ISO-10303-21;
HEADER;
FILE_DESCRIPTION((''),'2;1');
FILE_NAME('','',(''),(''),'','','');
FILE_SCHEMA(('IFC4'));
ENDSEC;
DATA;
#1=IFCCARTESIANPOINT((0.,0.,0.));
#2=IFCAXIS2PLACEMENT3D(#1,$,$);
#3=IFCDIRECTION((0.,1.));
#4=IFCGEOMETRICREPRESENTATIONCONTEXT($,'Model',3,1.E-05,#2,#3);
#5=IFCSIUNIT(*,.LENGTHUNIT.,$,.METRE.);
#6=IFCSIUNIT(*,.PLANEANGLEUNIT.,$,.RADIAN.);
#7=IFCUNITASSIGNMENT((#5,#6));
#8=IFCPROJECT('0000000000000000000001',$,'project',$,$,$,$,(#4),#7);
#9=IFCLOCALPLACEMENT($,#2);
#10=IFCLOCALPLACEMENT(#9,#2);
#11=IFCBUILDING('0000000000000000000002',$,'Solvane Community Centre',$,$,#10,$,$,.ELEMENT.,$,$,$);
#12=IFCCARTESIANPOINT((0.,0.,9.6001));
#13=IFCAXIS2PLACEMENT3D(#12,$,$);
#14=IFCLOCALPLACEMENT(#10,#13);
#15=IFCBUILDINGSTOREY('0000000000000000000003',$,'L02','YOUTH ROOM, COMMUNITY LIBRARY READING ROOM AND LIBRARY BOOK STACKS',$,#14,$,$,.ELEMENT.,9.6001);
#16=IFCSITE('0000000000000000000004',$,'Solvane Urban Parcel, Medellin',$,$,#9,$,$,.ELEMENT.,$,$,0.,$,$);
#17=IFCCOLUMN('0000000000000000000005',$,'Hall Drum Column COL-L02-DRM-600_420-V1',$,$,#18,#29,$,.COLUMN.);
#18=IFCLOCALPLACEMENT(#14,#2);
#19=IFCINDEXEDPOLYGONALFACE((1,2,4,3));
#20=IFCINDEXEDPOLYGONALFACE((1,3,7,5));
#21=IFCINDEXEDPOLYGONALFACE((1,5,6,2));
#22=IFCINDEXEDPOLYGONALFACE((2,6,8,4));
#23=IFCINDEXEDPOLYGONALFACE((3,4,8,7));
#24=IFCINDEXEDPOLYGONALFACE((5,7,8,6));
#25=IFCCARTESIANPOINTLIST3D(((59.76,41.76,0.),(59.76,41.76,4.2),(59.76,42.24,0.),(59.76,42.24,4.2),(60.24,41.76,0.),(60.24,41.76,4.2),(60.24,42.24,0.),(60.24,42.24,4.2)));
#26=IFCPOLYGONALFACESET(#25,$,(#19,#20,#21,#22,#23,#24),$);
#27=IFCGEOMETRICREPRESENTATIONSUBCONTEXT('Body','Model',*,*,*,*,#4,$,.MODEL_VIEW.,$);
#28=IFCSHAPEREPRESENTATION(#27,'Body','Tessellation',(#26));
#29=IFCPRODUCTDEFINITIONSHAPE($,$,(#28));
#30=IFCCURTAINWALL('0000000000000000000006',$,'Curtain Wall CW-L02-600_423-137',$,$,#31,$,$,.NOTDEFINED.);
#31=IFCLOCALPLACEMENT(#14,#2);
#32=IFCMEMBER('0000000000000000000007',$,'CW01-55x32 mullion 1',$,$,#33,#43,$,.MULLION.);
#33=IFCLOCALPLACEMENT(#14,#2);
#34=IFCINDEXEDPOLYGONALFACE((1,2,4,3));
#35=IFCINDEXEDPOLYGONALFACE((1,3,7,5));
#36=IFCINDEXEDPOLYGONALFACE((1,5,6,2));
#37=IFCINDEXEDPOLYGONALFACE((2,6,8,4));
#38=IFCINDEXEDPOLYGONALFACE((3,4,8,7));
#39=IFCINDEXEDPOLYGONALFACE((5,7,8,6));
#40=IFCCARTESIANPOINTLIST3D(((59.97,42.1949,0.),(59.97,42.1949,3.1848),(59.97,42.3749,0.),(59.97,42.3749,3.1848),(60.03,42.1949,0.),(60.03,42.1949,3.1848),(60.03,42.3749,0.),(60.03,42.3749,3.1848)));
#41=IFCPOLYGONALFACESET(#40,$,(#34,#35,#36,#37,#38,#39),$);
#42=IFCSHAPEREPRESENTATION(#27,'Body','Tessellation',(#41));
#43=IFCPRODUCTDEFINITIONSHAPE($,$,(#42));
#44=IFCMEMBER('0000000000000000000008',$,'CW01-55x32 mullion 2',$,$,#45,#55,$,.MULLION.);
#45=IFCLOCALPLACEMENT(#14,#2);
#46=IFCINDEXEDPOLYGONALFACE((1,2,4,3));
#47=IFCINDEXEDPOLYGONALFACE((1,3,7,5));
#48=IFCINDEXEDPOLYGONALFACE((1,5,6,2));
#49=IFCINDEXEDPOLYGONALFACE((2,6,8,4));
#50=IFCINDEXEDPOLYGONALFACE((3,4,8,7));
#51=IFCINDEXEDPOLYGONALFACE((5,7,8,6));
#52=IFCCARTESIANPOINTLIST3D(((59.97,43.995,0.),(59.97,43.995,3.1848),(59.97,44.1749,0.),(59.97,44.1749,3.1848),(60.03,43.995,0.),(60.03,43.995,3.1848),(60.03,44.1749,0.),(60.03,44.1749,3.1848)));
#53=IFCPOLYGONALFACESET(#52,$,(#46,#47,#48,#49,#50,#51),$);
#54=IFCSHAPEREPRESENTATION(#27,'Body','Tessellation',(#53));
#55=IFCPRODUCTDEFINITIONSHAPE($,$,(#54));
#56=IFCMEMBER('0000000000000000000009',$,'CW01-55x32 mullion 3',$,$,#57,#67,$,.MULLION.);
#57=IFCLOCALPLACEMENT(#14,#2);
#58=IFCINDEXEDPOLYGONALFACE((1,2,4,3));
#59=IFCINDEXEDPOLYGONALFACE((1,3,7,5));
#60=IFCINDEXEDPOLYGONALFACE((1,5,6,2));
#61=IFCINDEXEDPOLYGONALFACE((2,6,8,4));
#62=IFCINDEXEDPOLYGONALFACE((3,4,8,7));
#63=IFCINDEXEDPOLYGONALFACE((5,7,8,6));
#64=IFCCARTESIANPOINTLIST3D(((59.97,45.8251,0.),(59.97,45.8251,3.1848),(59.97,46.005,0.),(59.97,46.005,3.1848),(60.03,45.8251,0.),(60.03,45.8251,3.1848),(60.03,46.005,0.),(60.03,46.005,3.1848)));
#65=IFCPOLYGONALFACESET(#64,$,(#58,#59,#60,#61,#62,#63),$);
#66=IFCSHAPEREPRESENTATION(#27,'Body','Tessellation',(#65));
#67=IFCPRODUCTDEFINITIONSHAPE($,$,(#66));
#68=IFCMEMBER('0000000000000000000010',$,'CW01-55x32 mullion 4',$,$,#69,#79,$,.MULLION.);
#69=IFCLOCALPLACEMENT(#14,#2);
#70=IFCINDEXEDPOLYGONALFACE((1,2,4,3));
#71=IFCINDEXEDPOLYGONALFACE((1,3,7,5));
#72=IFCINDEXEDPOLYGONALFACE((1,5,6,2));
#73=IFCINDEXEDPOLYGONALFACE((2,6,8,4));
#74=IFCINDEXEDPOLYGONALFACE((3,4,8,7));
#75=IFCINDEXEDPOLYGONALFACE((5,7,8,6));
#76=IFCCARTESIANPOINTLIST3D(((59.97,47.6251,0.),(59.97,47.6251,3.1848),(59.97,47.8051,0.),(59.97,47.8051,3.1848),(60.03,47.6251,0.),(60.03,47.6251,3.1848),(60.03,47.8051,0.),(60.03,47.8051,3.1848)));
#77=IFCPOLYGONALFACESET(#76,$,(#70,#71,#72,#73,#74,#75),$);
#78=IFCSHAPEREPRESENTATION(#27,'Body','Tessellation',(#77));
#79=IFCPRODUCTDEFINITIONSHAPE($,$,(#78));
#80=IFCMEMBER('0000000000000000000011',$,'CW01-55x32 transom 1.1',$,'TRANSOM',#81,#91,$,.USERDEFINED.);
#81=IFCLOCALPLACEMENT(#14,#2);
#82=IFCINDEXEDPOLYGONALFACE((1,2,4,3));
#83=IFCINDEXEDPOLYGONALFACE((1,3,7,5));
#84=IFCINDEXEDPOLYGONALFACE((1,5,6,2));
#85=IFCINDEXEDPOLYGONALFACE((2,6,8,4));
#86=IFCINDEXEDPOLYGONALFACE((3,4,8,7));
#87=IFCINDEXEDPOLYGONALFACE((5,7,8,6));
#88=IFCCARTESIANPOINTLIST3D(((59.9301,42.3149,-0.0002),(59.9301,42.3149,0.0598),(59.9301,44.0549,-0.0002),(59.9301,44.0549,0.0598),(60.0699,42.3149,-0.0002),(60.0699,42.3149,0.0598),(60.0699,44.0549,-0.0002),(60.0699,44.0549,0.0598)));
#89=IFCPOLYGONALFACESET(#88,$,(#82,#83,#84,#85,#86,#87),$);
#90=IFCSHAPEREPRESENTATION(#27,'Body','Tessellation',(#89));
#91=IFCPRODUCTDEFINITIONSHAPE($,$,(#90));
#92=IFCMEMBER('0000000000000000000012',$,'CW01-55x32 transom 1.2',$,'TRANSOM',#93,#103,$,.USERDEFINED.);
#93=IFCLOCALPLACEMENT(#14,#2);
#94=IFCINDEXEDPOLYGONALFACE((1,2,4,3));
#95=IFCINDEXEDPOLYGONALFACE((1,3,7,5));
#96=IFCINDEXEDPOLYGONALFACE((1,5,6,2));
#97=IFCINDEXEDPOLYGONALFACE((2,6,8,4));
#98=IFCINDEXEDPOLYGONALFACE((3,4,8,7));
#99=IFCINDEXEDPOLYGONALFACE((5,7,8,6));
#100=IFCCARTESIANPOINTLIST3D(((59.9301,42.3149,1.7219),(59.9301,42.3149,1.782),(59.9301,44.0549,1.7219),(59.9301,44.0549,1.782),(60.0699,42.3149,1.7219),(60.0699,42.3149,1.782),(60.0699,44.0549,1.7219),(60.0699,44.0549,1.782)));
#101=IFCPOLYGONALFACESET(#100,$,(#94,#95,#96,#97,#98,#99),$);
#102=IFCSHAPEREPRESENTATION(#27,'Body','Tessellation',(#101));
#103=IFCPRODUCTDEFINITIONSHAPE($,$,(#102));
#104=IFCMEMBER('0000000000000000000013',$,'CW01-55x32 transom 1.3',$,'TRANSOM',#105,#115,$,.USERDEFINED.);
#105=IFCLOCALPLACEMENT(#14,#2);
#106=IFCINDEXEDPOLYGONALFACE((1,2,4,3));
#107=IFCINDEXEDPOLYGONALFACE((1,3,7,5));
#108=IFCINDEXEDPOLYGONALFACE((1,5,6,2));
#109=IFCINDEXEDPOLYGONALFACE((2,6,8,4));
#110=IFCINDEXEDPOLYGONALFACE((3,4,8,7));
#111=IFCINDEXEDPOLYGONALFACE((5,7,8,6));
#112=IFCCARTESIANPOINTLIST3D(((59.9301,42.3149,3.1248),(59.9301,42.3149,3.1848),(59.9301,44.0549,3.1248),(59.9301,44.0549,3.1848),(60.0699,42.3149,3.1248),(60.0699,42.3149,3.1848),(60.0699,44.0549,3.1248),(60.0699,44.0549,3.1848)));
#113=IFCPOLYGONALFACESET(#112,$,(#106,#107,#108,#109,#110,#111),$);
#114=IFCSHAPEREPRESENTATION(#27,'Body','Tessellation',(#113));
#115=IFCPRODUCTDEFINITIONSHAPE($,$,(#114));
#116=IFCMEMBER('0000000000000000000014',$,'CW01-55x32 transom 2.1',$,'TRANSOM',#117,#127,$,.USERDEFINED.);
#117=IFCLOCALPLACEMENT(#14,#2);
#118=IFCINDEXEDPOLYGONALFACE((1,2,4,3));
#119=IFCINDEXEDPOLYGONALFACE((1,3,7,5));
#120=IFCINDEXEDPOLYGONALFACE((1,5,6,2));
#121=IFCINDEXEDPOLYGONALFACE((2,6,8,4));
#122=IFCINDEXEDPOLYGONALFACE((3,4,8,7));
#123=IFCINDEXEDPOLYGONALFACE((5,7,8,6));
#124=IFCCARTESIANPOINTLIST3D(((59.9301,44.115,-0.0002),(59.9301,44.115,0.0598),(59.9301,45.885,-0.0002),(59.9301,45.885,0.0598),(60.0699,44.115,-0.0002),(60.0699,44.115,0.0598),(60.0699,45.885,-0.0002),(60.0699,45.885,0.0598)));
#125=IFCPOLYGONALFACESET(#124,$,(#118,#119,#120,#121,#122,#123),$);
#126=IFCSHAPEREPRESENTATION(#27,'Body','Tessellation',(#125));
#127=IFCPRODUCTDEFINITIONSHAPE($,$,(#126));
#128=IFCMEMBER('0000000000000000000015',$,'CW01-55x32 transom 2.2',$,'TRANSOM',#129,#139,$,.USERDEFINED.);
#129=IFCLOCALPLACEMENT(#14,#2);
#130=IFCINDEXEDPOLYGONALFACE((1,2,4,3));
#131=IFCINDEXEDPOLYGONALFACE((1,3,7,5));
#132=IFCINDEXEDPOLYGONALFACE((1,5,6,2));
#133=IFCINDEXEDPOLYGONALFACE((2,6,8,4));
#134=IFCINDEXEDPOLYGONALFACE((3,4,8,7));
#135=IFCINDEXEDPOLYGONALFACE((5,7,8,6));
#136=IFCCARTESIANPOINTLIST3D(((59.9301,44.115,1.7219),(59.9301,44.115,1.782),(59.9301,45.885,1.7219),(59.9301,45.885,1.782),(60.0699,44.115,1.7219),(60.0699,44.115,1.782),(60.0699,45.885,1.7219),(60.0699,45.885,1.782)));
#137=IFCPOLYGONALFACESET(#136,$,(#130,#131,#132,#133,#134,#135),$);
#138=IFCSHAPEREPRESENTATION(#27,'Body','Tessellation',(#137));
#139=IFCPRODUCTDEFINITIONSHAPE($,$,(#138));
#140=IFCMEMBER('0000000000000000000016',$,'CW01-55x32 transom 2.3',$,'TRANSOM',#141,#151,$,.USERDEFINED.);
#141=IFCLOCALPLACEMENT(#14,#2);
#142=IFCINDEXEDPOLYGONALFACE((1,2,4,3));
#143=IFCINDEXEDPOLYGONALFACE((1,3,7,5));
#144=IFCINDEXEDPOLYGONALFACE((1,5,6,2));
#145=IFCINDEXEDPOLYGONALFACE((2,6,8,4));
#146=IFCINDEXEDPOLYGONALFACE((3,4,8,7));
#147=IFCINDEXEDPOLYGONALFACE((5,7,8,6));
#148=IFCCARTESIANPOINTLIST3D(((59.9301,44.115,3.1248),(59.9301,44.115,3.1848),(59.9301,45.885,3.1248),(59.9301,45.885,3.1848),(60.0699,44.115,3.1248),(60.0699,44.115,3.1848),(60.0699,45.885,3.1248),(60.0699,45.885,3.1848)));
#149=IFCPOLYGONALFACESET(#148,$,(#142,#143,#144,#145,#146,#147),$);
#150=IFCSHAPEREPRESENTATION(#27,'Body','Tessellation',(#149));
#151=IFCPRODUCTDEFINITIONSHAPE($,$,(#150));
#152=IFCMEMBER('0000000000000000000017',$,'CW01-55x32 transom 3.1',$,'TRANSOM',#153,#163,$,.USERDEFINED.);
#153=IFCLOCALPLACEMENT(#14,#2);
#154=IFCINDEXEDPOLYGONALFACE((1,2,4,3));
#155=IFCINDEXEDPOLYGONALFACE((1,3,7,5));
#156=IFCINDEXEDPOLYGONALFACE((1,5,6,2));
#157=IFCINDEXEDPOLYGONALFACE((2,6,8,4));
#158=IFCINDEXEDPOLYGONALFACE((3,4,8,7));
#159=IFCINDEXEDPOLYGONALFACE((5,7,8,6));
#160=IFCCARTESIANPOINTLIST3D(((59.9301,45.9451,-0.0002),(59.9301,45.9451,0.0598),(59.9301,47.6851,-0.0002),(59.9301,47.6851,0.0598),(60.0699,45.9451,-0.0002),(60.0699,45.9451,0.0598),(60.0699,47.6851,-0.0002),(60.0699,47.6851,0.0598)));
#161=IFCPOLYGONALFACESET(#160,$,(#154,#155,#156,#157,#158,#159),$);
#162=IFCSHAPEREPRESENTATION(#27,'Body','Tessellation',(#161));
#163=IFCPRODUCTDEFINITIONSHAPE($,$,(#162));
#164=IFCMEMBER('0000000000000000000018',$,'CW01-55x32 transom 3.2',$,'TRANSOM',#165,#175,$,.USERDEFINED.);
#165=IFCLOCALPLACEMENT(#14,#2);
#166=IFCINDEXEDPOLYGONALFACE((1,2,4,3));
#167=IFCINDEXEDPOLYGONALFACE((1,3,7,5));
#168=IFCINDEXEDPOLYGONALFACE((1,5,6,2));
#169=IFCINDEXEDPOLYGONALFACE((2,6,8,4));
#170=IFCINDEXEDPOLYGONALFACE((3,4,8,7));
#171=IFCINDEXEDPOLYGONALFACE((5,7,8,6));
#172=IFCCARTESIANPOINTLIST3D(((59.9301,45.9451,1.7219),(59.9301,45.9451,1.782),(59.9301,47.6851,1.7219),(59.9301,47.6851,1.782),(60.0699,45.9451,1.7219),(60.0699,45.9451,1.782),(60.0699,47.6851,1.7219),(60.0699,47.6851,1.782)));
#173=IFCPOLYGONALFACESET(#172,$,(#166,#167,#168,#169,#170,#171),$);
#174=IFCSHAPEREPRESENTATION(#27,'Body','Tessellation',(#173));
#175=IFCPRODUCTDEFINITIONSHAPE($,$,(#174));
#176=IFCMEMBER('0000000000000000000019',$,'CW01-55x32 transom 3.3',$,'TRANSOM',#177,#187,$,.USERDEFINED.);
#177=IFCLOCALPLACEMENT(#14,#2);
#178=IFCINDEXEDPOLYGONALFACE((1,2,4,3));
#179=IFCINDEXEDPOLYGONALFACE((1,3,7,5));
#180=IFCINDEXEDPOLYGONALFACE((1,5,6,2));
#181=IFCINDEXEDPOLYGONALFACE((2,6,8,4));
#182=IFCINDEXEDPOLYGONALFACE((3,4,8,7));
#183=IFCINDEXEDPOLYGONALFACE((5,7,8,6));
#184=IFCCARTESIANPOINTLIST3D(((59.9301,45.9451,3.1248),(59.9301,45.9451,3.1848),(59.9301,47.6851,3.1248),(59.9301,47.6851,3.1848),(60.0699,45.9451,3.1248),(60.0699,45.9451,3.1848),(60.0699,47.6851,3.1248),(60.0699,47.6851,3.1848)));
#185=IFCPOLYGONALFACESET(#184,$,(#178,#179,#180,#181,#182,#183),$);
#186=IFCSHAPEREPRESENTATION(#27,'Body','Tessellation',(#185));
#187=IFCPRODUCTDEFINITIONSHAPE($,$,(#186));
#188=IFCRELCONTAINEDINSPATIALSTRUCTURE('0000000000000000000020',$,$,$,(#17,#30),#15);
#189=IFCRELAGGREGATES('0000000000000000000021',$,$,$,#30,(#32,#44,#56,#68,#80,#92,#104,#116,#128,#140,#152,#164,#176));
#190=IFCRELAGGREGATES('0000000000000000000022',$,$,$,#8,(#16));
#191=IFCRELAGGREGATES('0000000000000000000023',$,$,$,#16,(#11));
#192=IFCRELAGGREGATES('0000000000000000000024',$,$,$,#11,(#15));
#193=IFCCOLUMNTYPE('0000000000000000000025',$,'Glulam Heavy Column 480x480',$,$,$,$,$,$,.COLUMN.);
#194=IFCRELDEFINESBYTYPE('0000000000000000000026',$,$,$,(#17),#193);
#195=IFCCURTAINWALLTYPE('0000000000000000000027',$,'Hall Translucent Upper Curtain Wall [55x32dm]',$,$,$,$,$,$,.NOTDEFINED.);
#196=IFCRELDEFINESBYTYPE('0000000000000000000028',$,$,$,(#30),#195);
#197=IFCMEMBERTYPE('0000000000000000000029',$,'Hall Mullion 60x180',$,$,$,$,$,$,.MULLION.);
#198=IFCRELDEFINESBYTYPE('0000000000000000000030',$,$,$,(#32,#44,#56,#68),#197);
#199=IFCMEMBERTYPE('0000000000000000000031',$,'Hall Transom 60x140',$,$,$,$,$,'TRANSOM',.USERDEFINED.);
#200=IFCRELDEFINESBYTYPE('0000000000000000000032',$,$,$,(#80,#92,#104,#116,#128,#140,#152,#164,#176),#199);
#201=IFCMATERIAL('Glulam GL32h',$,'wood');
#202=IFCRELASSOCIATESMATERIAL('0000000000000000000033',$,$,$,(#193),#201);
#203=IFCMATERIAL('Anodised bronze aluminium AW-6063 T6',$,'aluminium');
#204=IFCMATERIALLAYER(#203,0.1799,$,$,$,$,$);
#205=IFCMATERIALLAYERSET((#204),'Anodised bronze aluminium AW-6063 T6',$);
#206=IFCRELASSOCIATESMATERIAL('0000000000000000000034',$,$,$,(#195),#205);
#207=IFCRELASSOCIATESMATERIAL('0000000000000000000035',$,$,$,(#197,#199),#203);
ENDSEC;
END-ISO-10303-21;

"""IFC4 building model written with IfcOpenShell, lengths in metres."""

from ifc_helpers import new_model, si_unit, direction, frame, origin, origin_2d, place, context, subcontext, project, spatial, rectangle, extrude, material, layer, layer_set, material_profile, profile_set, type_object, element, aggregate, save


model = new_model("IFC4")

# Units and contexts
model_context = context("Model", 3, precision=1e-05, world=origin(), true_north=direction((0.0, 1.0)))
body_context = subcontext(model_context, "Body", "Model", "MODEL_VIEW")
ifc_project = project(units=[si_unit("LENGTHUNIT", "METRE"), si_unit("PLANEANGLEUNIT", "RADIAN")], contexts=[model_context])

# Site, building, storey
site_placement = place(None, origin())
site = spatial("IfcSite", under=ifc_project, at=site_placement, Name="Solvane Urban Parcel, Medellin", CompositionType="ELEMENT", RefElevation=0.0)
building_placement = place(site_placement, origin())
building = spatial("IfcBuilding", under=site, at=building_placement, Name="Solvane Community Centre", CompositionType="ELEMENT")
storey_placement = place(building_placement, frame((0.0, 0.0, 9.6001)))
storey = spatial("IfcBuildingStorey", under=building, at=storey_placement, Name="L02", Description="YOUTH ROOM, COMMUNITY LIBRARY READING ROOM AND LIBRARY BOOK STACKS", CompositionType="ELEMENT", Elevation=9.6001)

# Column
ifc_material_1 = material(Name="Glulam GL32h", Category="wood")
ifc_material_profile_1 = material_profile(ifc_material_1, rectangle(XDim=0.48, YDim=0.48, at=origin_2d()), Name="GL32h 480x480")
ifc_profile_set_1 = profile_set([ifc_material_profile_1], Name="Glulam GL32h")
column_type = type_object("IfcColumnType", Name="Glulam Heavy Column 480x480", PredefinedType="COLUMN", material=ifc_profile_set_1)
column_placement = place(storey_placement, frame((60.0, 42.0, 0.0), z_axis=(0.0, 0.0, 1.0), x_axis=(1.0, 0.0, 0.0)))
element("IfcColumn", 1, at=column_placement, inside=storey, type_object=column_type, Name="Hall Drum Column COL-L02-DRM-600_420-V1", PredefinedType="COLUMN", context=body_context, shape_type="SweptSolid", body=[
    extrude(rectangle(XDim=0.48, YDim=0.48, at=origin_2d()), origin(), (0.0, 0.0, 1.0), 4.2),
])

# Curtain wall, members
ifc_material_2 = material(Name="Anodised bronze aluminium AW-6063 T6", Category="aluminium")
ifc_layer_1 = layer(ifc_material_2, 0.1799)
ifc_layer_set_1 = layer_set([ifc_layer_1], Name="Anodised bronze aluminium AW-6063 T6")
curtain_wall_type = type_object("IfcCurtainWallType", Name="Hall Translucent Upper Curtain Wall [55x32dm]", PredefinedType="NOTDEFINED", material=ifc_layer_set_1)
curtain_wall_placement = place(storey_placement, origin())
curtain_wall = element("IfcCurtainWall", 2, at=curtain_wall_placement, inside=storey, type_object=curtain_wall_type, Name="Curtain Wall CW-L02-600_423-137", PredefinedType="NOTDEFINED")
ifc_material_profile_2 = material_profile(ifc_material_2, rectangle(XDim=0.0601, YDim=0.1799, at=origin_2d()), Name="CW-M 60x180")
ifc_profile_set_2 = profile_set([ifc_material_profile_2], Name="Anodised bronze aluminium AW-6063 T6")
member_type_1 = type_object("IfcMemberType", Name="Hall Mullion 60x180", PredefinedType="MULLION", material=ifc_profile_set_2)
member_1_placement = place(storey_placement, frame((60.0, 42.2849, 0.0), z_axis=(0.0, 0.0, 1.0), x_axis=(-1.0, 0.0, 0.0)))
member_1 = element("IfcMember", 3, at=member_1_placement, type_object=member_type_1, Name="CW01-55x32 mullion 1", PredefinedType="MULLION", context=body_context, shape_type="SweptSolid", body=[
    extrude(rectangle(XDim=0.0601, YDim=0.1799, at=origin_2d()), origin(), (0.0, 0.0, 1.0), 3.1848),
])
member_2_placement = place(storey_placement, frame((60.0, 44.085, 0.0), z_axis=(0.0, 0.0, 1.0), x_axis=(-1.0, 0.0, 0.0)))
member_2 = element("IfcMember", 4, at=member_2_placement, type_object=member_type_1, Name="CW01-55x32 mullion 2", PredefinedType="MULLION", context=body_context, shape_type="SweptSolid", body=[
    extrude(rectangle(XDim=0.0601, YDim=0.1799, at=origin_2d()), origin(), (0.0, 0.0, 1.0), 3.1848),
])
member_3_placement = place(storey_placement, frame((60.0, 45.915, 0.0), z_axis=(0.0, 0.0, 1.0), x_axis=(-1.0, 0.0, 0.0)))
member_3 = element("IfcMember", 5, at=member_3_placement, type_object=member_type_1, Name="CW01-55x32 mullion 3", PredefinedType="MULLION", context=body_context, shape_type="SweptSolid", body=[
    extrude(rectangle(XDim=0.0601, YDim=0.1799, at=origin_2d()), origin(), (0.0, 0.0, 1.0), 3.1848),
])
member_4_placement = place(storey_placement, frame((60.0, 47.7151, 0.0), z_axis=(0.0, 0.0, 1.0), x_axis=(-1.0, 0.0, 0.0)))
member_4 = element("IfcMember", 6, at=member_4_placement, type_object=member_type_1, Name="CW01-55x32 mullion 4", PredefinedType="MULLION", context=body_context, shape_type="SweptSolid", body=[
    extrude(rectangle(XDim=0.0601, YDim=0.1799, at=origin_2d()), origin(), (0.0, 0.0, 1.0), 3.1848),
])
ifc_material_profile_3 = material_profile(ifc_material_2, rectangle(XDim=0.1399, YDim=0.0601, at=origin_2d()), Name="CW-T 60x140")
ifc_profile_set_3 = profile_set([ifc_material_profile_3], Name="Anodised bronze aluminium AW-6063 T6")
member_type_2 = type_object("IfcMemberType", Name="Hall Transom 60x140", ElementType="TRANSOM", PredefinedType="USERDEFINED", material=ifc_profile_set_3)
member_5_placement = place(storey_placement, frame((60.0, 42.3149, 0.0298), z_axis=(0.0, 1.0, 0.0), x_axis=(-1.0, 0.0, 0.0)))
member_5 = element("IfcMember", 7, at=member_5_placement, type_object=member_type_2, Name="CW01-55x32 transom 1.1", ObjectType="TRANSOM", PredefinedType="USERDEFINED", context=body_context, shape_type="SweptSolid", body=[
    extrude(rectangle(XDim=0.1399, YDim=0.0601, at=origin_2d()), origin(), (0.0, 0.0, 1.0), 1.74),
])
member_6_placement = place(storey_placement, frame((60.0, 42.3149, 1.752), z_axis=(0.0, 1.0, 0.0), x_axis=(-1.0, 0.0, 0.0)))
member_6 = element("IfcMember", 8, at=member_6_placement, type_object=member_type_2, Name="CW01-55x32 transom 1.2", ObjectType="TRANSOM", PredefinedType="USERDEFINED", context=body_context, shape_type="SweptSolid", body=[
    extrude(rectangle(XDim=0.1399, YDim=0.0601, at=origin_2d()), origin(), (0.0, 0.0, 1.0), 1.74),
])
member_7_placement = place(storey_placement, frame((60.0, 42.3149, 3.1548), z_axis=(0.0, 1.0, 0.0), x_axis=(-1.0, 0.0, 0.0)))
member_7 = element("IfcMember", 9, at=member_7_placement, type_object=member_type_2, Name="CW01-55x32 transom 1.3", ObjectType="TRANSOM", PredefinedType="USERDEFINED", context=body_context, shape_type="SweptSolid", body=[
    extrude(rectangle(XDim=0.1399, YDim=0.0601, at=origin_2d()), origin(), (0.0, 0.0, 1.0), 1.74),
])
member_8_placement = place(storey_placement, frame((60.0, 44.115, 0.0298), z_axis=(0.0, 1.0, 0.0), x_axis=(-1.0, 0.0, 0.0)))
member_8 = element("IfcMember", 10, at=member_8_placement, type_object=member_type_2, Name="CW01-55x32 transom 2.1", ObjectType="TRANSOM", PredefinedType="USERDEFINED", context=body_context, shape_type="SweptSolid", body=[
    extrude(rectangle(XDim=0.1399, YDim=0.0601, at=origin_2d()), origin(), (0.0, 0.0, 1.0), 1.77),
])
member_9_placement = place(storey_placement, frame((60.0, 44.115, 1.752), z_axis=(0.0, 1.0, 0.0), x_axis=(-1.0, 0.0, 0.0)))
member_9 = element("IfcMember", 11, at=member_9_placement, type_object=member_type_2, Name="CW01-55x32 transom 2.2", ObjectType="TRANSOM", PredefinedType="USERDEFINED", context=body_context, shape_type="SweptSolid", body=[
    extrude(rectangle(XDim=0.1399, YDim=0.0601, at=origin_2d()), origin(), (0.0, 0.0, 1.0), 1.77),
])
member_10_placement = place(storey_placement, frame((60.0, 44.115, 3.1548), z_axis=(0.0, 1.0, 0.0), x_axis=(-1.0, 0.0, 0.0)))
member_10 = element("IfcMember", 12, at=member_10_placement, type_object=member_type_2, Name="CW01-55x32 transom 2.3", ObjectType="TRANSOM", PredefinedType="USERDEFINED", context=body_context, shape_type="SweptSolid", body=[
    extrude(rectangle(XDim=0.1399, YDim=0.0601, at=origin_2d()), origin(), (0.0, 0.0, 1.0), 1.77),
])
member_11_placement = place(storey_placement, frame((60.0, 45.9451, 0.0298), z_axis=(0.0, 1.0, 0.0), x_axis=(-1.0, 0.0, 0.0)))
member_11 = element("IfcMember", 13, at=member_11_placement, type_object=member_type_2, Name="CW01-55x32 transom 3.1", ObjectType="TRANSOM", PredefinedType="USERDEFINED", context=body_context, shape_type="SweptSolid", body=[
    extrude(rectangle(XDim=0.1399, YDim=0.0601, at=origin_2d()), origin(), (0.0, 0.0, 1.0), 1.74),
])
member_12_placement = place(storey_placement, frame((60.0, 45.9451, 1.752), z_axis=(0.0, 1.0, 0.0), x_axis=(-1.0, 0.0, 0.0)))
member_12 = element("IfcMember", 14, at=member_12_placement, type_object=member_type_2, Name="CW01-55x32 transom 3.2", ObjectType="TRANSOM", PredefinedType="USERDEFINED", context=body_context, shape_type="SweptSolid", body=[
    extrude(rectangle(XDim=0.1399, YDim=0.0601, at=origin_2d()), origin(), (0.0, 0.0, 1.0), 1.74),
])
member_13_placement = place(storey_placement, frame((60.0, 45.9451, 3.1548), z_axis=(0.0, 1.0, 0.0), x_axis=(-1.0, 0.0, 0.0)))
member_13 = element("IfcMember", 15, at=member_13_placement, type_object=member_type_2, Name="CW01-55x32 transom 3.3", ObjectType="TRANSOM", PredefinedType="USERDEFINED", context=body_context, shape_type="SweptSolid", body=[
    extrude(rectangle(XDim=0.1399, YDim=0.0601, at=origin_2d()), origin(), (0.0, 0.0, 1.0), 1.74),
])

aggregate(curtain_wall, [member_1, member_2, member_3, member_4, member_5, member_6, member_7, member_8, member_9, member_10, member_11, member_12, member_13])

save(model, "model.ifc")
